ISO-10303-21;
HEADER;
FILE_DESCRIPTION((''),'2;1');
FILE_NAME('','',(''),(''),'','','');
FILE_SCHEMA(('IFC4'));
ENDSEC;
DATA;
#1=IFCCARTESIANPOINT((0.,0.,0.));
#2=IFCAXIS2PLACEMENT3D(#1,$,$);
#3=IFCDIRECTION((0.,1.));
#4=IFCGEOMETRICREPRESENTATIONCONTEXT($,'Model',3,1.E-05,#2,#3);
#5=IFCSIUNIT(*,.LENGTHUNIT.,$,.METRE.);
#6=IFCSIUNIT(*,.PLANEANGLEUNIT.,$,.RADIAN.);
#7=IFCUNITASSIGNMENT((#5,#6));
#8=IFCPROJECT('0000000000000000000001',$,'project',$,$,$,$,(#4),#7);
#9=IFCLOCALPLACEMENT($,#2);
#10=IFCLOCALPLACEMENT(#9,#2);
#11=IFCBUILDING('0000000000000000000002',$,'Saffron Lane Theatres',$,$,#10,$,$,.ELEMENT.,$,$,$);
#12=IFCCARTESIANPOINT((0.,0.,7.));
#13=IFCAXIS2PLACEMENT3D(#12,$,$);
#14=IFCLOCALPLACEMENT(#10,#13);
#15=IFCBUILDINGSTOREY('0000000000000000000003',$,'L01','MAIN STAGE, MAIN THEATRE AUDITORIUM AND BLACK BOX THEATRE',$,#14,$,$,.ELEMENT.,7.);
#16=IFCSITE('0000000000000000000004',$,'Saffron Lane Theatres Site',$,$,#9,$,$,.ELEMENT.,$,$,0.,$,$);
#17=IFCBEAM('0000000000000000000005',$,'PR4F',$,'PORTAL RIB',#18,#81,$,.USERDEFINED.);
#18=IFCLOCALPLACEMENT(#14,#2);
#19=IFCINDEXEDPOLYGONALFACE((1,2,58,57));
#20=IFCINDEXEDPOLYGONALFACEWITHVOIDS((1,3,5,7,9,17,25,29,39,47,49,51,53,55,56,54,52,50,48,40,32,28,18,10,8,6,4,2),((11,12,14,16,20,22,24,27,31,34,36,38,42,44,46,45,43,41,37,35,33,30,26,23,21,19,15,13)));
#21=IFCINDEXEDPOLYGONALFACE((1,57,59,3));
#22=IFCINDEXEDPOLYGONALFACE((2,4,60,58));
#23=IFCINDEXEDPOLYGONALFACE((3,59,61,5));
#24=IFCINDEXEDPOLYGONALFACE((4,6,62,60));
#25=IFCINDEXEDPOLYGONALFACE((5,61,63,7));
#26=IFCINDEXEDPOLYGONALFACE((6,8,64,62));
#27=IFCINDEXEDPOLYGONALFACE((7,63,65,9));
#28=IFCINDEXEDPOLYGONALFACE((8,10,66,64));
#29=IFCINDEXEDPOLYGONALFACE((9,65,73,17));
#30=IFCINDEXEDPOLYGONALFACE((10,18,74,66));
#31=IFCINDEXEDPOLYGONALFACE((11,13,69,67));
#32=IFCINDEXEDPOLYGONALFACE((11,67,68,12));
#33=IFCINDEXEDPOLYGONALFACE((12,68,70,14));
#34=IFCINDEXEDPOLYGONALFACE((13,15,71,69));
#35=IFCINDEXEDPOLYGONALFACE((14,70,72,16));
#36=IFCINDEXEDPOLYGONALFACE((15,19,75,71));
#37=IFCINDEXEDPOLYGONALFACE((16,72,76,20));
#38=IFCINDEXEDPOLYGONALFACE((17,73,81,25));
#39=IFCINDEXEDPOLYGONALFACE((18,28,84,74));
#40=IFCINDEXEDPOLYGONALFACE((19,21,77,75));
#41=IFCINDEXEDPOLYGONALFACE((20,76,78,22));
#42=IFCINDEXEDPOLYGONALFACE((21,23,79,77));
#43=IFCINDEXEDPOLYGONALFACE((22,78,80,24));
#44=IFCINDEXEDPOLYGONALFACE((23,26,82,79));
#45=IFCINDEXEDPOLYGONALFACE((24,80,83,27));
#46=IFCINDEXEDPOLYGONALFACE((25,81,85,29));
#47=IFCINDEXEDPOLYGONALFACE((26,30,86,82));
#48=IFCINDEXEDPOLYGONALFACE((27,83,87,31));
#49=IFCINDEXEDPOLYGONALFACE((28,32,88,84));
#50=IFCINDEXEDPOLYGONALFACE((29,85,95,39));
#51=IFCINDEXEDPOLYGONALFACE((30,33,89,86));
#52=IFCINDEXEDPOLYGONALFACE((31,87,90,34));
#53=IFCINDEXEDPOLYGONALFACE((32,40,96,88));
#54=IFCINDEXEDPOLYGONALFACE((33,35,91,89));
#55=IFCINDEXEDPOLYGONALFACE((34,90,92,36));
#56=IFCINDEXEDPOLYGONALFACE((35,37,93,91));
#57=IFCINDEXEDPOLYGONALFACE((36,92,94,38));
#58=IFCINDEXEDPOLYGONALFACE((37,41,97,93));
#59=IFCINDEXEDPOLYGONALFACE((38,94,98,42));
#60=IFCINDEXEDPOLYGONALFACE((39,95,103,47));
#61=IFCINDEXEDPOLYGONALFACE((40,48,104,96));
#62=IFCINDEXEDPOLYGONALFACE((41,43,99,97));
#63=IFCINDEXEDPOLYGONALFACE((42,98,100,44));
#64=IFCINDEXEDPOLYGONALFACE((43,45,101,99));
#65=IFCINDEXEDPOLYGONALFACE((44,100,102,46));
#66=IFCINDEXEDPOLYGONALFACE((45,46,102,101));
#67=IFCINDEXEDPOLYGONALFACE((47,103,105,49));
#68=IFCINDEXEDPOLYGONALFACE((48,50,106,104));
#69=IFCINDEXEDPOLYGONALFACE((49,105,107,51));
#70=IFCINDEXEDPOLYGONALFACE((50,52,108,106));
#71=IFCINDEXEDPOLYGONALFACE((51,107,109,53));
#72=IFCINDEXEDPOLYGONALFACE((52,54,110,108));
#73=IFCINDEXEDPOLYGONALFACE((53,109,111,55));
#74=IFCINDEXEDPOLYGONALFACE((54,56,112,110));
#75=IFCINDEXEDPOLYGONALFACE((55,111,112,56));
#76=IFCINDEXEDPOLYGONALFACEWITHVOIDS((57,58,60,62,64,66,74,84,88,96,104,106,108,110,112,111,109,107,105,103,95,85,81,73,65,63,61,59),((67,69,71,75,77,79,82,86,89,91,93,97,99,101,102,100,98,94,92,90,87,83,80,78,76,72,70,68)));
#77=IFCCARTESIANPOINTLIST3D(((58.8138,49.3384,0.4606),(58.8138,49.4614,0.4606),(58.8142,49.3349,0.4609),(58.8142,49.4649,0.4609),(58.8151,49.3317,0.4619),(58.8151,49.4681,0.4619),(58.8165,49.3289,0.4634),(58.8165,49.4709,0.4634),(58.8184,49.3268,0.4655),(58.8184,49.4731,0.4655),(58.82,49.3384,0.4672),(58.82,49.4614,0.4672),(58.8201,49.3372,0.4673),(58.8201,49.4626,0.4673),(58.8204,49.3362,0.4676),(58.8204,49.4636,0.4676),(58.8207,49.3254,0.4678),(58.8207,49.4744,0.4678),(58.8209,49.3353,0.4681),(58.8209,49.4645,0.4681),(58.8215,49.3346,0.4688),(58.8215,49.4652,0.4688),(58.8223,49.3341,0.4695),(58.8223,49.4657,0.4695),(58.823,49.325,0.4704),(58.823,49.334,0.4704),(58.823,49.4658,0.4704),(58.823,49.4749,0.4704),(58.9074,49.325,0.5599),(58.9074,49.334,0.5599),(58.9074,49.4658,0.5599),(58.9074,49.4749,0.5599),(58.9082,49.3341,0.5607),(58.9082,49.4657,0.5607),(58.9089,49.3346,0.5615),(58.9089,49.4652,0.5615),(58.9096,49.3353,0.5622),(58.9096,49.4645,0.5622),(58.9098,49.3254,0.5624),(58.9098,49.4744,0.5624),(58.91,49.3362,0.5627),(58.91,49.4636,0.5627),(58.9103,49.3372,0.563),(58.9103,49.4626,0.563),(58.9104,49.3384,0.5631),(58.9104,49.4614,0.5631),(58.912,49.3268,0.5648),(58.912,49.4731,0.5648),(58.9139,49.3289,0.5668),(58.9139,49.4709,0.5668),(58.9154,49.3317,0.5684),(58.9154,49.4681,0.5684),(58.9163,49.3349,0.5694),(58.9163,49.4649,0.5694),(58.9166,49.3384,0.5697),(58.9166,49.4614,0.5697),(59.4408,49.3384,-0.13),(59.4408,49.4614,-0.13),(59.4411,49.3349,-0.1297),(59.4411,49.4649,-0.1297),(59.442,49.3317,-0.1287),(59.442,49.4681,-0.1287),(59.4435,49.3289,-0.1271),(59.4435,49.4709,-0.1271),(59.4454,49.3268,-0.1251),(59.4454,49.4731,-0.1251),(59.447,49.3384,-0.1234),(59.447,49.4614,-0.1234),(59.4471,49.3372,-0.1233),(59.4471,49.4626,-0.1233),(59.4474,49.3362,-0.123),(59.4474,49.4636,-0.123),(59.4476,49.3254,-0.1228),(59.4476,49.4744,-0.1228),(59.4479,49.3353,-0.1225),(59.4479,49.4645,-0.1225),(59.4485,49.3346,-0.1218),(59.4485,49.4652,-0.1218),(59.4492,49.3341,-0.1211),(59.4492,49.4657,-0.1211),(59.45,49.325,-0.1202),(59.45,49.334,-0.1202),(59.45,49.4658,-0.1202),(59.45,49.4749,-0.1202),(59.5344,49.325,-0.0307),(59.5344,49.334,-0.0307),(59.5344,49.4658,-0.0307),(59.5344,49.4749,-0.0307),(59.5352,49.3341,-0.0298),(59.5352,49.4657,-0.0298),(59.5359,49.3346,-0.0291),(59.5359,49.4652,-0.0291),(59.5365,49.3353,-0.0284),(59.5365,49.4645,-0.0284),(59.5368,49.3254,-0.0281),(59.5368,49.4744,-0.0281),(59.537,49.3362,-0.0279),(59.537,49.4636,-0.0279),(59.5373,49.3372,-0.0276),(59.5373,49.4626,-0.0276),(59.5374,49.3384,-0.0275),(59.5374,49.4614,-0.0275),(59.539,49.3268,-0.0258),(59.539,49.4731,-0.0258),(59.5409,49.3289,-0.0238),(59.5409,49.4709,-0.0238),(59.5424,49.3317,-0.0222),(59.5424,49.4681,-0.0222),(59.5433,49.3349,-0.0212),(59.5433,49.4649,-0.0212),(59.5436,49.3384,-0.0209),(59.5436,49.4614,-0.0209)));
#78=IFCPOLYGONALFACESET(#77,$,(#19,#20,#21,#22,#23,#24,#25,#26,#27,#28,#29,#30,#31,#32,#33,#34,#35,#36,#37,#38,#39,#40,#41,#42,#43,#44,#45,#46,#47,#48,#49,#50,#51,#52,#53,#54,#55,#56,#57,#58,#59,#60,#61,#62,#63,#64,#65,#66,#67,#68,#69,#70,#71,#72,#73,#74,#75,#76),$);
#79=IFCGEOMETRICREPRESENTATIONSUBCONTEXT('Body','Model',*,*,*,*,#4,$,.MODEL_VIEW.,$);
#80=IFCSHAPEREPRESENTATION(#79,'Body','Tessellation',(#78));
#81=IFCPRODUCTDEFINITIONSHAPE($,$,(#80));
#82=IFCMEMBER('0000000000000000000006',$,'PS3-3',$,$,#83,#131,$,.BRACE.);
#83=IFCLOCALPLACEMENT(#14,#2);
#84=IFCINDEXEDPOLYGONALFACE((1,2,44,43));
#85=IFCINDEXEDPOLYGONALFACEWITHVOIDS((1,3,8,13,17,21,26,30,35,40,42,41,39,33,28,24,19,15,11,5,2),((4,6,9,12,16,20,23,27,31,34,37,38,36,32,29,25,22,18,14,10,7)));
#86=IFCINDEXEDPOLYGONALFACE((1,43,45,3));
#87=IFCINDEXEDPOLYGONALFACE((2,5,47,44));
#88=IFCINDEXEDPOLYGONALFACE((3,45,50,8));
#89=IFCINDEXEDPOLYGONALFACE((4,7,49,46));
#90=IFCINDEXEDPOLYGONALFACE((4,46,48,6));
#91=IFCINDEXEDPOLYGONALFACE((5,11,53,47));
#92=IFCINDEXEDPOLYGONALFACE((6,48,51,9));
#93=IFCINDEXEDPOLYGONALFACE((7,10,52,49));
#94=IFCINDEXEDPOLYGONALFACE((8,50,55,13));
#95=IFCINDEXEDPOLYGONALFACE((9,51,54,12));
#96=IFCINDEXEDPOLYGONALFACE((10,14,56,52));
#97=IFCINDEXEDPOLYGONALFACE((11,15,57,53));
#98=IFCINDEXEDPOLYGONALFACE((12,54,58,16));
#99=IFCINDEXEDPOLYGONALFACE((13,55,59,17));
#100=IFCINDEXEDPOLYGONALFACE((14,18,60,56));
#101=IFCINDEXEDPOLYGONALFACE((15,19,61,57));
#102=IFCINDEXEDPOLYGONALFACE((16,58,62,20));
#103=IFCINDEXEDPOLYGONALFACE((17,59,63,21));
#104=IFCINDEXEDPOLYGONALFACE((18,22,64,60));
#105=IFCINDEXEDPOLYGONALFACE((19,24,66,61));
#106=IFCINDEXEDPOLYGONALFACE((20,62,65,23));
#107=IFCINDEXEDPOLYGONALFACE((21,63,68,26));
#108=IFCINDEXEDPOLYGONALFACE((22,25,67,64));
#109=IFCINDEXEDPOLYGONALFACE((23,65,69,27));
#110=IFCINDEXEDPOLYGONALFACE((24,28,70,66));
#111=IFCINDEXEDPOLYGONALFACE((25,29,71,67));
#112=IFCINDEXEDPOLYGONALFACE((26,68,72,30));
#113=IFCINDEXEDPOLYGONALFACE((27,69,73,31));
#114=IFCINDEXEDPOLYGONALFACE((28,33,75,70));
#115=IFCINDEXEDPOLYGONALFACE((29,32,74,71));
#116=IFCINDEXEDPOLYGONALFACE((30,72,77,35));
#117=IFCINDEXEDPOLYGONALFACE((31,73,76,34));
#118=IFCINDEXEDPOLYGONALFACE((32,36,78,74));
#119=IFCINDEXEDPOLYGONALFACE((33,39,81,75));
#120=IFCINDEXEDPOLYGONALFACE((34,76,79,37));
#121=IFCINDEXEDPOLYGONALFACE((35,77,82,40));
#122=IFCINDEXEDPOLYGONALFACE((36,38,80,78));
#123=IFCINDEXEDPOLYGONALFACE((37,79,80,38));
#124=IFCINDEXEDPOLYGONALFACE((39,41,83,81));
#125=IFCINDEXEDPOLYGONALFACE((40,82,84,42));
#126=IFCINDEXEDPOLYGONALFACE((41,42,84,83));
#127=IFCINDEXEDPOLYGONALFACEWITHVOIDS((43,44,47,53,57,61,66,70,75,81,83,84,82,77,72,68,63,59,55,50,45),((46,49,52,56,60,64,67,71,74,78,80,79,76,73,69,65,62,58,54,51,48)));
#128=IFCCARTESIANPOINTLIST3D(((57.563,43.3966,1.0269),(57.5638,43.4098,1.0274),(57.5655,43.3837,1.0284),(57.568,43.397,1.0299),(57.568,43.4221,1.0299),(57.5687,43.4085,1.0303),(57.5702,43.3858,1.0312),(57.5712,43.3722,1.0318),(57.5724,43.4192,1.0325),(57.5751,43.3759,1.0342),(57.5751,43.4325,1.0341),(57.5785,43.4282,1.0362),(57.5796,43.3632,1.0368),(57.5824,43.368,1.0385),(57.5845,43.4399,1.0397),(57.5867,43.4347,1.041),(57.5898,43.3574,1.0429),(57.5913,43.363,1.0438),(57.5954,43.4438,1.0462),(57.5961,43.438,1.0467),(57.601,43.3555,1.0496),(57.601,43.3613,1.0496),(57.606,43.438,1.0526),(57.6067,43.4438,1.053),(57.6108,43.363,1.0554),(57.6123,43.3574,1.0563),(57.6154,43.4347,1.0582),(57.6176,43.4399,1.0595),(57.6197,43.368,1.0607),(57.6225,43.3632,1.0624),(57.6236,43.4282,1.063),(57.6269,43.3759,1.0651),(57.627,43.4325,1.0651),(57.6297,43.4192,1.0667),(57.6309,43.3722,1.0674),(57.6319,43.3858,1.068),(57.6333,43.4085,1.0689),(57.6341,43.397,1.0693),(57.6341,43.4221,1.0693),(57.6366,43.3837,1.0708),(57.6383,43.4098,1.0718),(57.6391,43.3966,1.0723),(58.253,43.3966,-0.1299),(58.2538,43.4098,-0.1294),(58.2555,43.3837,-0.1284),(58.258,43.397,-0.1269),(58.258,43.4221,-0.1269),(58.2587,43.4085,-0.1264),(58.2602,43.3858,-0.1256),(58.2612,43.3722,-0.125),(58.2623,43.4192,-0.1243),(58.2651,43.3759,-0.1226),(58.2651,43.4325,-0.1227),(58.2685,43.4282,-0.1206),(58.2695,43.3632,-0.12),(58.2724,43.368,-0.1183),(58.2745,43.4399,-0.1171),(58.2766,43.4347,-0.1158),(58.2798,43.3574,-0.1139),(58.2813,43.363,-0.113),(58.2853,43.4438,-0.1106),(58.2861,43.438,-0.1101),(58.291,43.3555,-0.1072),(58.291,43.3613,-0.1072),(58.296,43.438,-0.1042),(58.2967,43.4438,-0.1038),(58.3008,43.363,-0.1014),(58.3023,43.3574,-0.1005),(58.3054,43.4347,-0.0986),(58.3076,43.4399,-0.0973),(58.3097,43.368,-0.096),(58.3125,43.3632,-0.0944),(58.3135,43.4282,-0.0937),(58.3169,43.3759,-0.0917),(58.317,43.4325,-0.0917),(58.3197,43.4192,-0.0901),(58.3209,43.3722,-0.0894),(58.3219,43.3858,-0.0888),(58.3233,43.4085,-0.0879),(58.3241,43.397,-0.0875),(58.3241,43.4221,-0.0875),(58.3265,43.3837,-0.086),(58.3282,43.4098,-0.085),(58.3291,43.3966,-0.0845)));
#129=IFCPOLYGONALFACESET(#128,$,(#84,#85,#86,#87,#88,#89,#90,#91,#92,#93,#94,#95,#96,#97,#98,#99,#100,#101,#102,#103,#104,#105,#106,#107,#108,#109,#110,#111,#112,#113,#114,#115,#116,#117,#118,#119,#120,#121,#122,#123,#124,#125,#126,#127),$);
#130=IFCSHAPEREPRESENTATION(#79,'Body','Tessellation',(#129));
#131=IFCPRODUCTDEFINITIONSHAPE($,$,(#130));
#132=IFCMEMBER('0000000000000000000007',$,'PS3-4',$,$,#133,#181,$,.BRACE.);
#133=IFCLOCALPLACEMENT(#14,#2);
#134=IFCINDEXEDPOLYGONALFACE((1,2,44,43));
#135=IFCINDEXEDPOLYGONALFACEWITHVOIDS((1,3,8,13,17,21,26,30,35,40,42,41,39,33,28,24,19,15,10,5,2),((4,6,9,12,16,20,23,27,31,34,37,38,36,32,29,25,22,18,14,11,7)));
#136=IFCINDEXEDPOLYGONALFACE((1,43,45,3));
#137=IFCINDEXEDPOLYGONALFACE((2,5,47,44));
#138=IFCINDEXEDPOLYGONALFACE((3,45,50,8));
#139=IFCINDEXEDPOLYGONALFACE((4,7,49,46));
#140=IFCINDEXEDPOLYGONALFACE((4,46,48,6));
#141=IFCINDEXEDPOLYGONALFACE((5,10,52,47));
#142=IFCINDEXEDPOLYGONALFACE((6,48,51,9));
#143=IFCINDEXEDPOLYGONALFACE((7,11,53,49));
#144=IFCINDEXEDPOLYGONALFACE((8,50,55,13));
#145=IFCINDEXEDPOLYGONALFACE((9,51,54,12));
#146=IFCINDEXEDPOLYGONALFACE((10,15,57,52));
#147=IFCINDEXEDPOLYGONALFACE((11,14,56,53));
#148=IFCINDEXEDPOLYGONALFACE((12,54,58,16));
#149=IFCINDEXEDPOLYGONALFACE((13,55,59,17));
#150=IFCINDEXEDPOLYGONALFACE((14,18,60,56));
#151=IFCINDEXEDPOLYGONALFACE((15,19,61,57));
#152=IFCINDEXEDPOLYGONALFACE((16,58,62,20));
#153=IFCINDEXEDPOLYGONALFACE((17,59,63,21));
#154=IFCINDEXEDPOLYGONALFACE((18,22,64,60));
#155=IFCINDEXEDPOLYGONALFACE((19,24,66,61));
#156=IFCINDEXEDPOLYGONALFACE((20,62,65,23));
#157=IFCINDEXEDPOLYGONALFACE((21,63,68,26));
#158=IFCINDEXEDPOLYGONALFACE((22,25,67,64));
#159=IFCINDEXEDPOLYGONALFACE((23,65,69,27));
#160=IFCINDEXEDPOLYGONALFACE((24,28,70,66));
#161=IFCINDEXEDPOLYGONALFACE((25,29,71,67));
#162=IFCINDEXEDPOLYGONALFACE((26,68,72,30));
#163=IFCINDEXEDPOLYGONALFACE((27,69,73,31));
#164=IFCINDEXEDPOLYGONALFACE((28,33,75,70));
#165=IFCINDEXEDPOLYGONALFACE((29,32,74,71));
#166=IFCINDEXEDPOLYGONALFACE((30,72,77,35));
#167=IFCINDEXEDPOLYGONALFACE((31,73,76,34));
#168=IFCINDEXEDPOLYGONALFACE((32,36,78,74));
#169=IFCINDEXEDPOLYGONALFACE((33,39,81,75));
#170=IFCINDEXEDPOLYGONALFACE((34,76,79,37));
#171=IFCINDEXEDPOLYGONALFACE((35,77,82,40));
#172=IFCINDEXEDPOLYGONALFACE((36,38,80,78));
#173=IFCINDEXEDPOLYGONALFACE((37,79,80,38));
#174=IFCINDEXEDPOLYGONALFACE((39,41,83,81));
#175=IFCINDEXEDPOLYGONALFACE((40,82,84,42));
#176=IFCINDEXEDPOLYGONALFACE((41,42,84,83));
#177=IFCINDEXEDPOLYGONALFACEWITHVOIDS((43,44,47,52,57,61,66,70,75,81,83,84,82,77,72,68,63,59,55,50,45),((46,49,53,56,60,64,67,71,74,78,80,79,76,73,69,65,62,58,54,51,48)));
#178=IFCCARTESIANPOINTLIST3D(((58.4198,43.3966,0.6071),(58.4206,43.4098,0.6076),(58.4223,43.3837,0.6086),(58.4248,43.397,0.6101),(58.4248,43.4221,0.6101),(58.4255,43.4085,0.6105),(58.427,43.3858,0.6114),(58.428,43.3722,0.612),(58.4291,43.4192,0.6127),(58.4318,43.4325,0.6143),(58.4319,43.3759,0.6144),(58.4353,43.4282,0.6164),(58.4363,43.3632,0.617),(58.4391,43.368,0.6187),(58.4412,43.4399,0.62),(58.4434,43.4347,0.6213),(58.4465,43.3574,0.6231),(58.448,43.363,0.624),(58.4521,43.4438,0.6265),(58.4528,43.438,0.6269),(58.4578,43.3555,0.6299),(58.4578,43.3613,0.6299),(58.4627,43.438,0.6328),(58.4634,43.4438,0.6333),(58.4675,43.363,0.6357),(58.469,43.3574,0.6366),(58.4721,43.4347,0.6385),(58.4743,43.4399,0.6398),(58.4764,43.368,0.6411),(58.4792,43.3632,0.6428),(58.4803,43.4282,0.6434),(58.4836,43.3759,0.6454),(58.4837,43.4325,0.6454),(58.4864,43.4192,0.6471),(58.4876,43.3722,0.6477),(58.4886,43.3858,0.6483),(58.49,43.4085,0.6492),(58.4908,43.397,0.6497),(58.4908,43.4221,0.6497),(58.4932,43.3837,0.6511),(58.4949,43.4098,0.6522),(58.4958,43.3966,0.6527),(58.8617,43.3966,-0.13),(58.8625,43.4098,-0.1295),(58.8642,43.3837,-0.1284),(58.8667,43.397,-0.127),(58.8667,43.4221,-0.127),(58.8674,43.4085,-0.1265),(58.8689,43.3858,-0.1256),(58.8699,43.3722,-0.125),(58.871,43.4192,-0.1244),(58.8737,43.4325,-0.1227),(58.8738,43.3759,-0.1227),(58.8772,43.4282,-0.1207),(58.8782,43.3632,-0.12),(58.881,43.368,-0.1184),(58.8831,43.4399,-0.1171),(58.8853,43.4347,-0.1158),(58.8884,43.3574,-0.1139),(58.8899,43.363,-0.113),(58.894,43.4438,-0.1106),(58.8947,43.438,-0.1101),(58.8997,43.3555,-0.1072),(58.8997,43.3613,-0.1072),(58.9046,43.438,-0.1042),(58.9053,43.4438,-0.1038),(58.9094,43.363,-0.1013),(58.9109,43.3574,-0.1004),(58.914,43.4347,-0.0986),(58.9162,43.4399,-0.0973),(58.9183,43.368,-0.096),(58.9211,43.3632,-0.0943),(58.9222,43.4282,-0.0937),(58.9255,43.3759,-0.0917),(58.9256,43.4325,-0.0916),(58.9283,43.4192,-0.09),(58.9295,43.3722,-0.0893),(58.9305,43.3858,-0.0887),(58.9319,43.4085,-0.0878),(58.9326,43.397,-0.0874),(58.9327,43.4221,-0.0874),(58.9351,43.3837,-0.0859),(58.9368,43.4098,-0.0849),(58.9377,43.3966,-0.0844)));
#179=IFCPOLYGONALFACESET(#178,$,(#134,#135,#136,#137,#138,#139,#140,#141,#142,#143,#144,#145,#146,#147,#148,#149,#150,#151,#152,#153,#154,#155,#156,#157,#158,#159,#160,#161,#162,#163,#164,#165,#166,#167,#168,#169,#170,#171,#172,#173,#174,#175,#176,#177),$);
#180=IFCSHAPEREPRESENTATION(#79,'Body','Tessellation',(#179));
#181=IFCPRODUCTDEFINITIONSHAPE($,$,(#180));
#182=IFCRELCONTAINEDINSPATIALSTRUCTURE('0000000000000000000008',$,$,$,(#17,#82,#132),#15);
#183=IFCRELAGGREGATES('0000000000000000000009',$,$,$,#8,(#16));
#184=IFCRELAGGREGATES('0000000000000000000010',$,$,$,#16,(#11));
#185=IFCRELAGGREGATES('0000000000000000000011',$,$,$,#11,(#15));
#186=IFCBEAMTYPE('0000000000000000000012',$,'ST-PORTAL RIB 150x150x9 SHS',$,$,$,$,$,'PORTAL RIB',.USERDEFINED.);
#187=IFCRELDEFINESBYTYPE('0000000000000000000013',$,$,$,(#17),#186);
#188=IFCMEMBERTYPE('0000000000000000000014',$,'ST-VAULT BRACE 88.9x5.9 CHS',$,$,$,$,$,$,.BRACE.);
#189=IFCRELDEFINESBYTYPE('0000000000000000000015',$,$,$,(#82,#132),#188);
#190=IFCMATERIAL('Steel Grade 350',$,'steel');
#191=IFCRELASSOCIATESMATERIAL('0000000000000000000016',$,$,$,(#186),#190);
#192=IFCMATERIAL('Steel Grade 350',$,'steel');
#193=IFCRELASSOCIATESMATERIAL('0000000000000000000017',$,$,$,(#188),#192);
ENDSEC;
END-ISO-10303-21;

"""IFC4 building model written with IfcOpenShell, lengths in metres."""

from ifc_helpers import new_model, si_unit, direction, frame, origin, origin_2d, place, context, subcontext, project, spatial, hollow_rectangle, hollow_circle, extrude, material, material_profile, profile_set, type_object, element, save


model = new_model("IFC4")

# Units and contexts
model_context = context("Model", 3, precision=1e-05, world=origin(), true_north=direction((0.0, 1.0)))
body_context = subcontext(model_context, "Body", "Model", "MODEL_VIEW")
ifc_project = project(units=[si_unit("LENGTHUNIT", "METRE"), si_unit("PLANEANGLEUNIT", "RADIAN")], contexts=[model_context])

# Site, building, storey
site_placement = place(None, origin())
site = spatial("IfcSite", under=ifc_project, at=site_placement, Name="Saffron Lane Theatres Site", CompositionType="ELEMENT", RefElevation=0.0)
building_placement = place(site_placement, origin())
building = spatial("IfcBuilding", under=site, at=building_placement, Name="Saffron Lane Theatres", CompositionType="ELEMENT")
storey_placement = place(building_placement, frame((0.0, 0.0, 7.0)))
storey = spatial("IfcBuildingStorey", under=building, at=storey_placement, Name="L01", Description="MAIN STAGE, MAIN THEATRE AUDITORIUM AND BLACK BOX THEATRE", CompositionType="ELEMENT", Elevation=7.0)

# Beam
ifc_material_1 = material(Name="Steel Grade 350", Category="steel")
ifc_material_profile_1 = material_profile(ifc_material_1, hollow_rectangle(XDim=0.1499, YDim=0.1499, WallThickness=0.009, InnerFilletRadius=0.0044, OuterFilletRadius=0.0134, at=origin_2d()))
ifc_profile_set_1 = profile_set([ifc_material_profile_1], Name="Steel Grade 350")
beam_type_1 = type_object("IfcBeamType", Name="ST-PORTAL RIB 150x150x9 SHS", ElementType="PORTAL RIB", PredefinedType="USERDEFINED", material=ifc_profile_set_1)
beam_1_placement = place(storey_placement, frame((58.8652, 49.3999, 0.5151), z_axis=(0.727909, 0.0, -0.685674), x_axis=(0.0, 1.0, 0.0)))
element("IfcBeam", 1, at=beam_1_placement, inside=storey, type_object=beam_type_1, Name="PR4F", ObjectType="PORTAL RIB", PredefinedType="USERDEFINED", context=body_context, shape_type="SweptSolid", body=[
    extrude(hollow_rectangle(XDim=0.1499, YDim=0.1499, WallThickness=0.009, InnerFilletRadius=0.0044, OuterFilletRadius=0.0134, at=origin_2d()), origin(), (0.0, 0.0, 1.0), 0.8613),
])

# Members
ifc_material_2 = material(Name="Steel Grade 350", Category="steel")
ifc_material_profile_2 = material_profile(ifc_material_2, hollow_circle(Radius=0.0444, WallThickness=0.0059, at=origin_2d()))
ifc_profile_set_2 = profile_set([ifc_material_profile_2], Name="Steel Grade 350")
member_type = type_object("IfcMemberType", Name="ST-VAULT BRACE 88.9x5.9 CHS", PredefinedType="BRACE", material=ifc_profile_set_2)
member_1_placement = place(storey_placement, frame((58.291, 43.3999, -0.1072), z_axis=(-0.512255, 0.0, 0.858833), x_axis=(0.0, -1.0, 0.0)))
element("IfcMember", 2, at=member_1_placement, inside=storey, type_object=member_type, Name="PS3-3", PredefinedType="BRACE", context=body_context, shape_type="SweptSolid", body=[
    extrude(hollow_circle(Radius=0.0444, WallThickness=0.0059, at=origin_2d()), origin(), (0.0, 0.0, 1.0), 1.3469),
])
for number, where, z_axis, x_axis, name in (
    (3, (58.8997, 43.3999, -0.1072), (-0.514203, 0.0, 0.857668), (0.0, -1.0, 0.0), "PS3-4"),
):
    element("IfcMember", number, at=place(storey_placement, frame(where, z_axis=z_axis, x_axis=x_axis)), inside=storey, type_object=member_type, Name=name, PredefinedType="BRACE", context=body_context, shape_type="SweptSolid", body=[
        extrude(hollow_circle(Radius=0.0444, WallThickness=0.0059, at=origin_2d()), origin(), (0.0, 0.0, 1.0), 0.8594),
    ])

save(model, "model.ifc")
